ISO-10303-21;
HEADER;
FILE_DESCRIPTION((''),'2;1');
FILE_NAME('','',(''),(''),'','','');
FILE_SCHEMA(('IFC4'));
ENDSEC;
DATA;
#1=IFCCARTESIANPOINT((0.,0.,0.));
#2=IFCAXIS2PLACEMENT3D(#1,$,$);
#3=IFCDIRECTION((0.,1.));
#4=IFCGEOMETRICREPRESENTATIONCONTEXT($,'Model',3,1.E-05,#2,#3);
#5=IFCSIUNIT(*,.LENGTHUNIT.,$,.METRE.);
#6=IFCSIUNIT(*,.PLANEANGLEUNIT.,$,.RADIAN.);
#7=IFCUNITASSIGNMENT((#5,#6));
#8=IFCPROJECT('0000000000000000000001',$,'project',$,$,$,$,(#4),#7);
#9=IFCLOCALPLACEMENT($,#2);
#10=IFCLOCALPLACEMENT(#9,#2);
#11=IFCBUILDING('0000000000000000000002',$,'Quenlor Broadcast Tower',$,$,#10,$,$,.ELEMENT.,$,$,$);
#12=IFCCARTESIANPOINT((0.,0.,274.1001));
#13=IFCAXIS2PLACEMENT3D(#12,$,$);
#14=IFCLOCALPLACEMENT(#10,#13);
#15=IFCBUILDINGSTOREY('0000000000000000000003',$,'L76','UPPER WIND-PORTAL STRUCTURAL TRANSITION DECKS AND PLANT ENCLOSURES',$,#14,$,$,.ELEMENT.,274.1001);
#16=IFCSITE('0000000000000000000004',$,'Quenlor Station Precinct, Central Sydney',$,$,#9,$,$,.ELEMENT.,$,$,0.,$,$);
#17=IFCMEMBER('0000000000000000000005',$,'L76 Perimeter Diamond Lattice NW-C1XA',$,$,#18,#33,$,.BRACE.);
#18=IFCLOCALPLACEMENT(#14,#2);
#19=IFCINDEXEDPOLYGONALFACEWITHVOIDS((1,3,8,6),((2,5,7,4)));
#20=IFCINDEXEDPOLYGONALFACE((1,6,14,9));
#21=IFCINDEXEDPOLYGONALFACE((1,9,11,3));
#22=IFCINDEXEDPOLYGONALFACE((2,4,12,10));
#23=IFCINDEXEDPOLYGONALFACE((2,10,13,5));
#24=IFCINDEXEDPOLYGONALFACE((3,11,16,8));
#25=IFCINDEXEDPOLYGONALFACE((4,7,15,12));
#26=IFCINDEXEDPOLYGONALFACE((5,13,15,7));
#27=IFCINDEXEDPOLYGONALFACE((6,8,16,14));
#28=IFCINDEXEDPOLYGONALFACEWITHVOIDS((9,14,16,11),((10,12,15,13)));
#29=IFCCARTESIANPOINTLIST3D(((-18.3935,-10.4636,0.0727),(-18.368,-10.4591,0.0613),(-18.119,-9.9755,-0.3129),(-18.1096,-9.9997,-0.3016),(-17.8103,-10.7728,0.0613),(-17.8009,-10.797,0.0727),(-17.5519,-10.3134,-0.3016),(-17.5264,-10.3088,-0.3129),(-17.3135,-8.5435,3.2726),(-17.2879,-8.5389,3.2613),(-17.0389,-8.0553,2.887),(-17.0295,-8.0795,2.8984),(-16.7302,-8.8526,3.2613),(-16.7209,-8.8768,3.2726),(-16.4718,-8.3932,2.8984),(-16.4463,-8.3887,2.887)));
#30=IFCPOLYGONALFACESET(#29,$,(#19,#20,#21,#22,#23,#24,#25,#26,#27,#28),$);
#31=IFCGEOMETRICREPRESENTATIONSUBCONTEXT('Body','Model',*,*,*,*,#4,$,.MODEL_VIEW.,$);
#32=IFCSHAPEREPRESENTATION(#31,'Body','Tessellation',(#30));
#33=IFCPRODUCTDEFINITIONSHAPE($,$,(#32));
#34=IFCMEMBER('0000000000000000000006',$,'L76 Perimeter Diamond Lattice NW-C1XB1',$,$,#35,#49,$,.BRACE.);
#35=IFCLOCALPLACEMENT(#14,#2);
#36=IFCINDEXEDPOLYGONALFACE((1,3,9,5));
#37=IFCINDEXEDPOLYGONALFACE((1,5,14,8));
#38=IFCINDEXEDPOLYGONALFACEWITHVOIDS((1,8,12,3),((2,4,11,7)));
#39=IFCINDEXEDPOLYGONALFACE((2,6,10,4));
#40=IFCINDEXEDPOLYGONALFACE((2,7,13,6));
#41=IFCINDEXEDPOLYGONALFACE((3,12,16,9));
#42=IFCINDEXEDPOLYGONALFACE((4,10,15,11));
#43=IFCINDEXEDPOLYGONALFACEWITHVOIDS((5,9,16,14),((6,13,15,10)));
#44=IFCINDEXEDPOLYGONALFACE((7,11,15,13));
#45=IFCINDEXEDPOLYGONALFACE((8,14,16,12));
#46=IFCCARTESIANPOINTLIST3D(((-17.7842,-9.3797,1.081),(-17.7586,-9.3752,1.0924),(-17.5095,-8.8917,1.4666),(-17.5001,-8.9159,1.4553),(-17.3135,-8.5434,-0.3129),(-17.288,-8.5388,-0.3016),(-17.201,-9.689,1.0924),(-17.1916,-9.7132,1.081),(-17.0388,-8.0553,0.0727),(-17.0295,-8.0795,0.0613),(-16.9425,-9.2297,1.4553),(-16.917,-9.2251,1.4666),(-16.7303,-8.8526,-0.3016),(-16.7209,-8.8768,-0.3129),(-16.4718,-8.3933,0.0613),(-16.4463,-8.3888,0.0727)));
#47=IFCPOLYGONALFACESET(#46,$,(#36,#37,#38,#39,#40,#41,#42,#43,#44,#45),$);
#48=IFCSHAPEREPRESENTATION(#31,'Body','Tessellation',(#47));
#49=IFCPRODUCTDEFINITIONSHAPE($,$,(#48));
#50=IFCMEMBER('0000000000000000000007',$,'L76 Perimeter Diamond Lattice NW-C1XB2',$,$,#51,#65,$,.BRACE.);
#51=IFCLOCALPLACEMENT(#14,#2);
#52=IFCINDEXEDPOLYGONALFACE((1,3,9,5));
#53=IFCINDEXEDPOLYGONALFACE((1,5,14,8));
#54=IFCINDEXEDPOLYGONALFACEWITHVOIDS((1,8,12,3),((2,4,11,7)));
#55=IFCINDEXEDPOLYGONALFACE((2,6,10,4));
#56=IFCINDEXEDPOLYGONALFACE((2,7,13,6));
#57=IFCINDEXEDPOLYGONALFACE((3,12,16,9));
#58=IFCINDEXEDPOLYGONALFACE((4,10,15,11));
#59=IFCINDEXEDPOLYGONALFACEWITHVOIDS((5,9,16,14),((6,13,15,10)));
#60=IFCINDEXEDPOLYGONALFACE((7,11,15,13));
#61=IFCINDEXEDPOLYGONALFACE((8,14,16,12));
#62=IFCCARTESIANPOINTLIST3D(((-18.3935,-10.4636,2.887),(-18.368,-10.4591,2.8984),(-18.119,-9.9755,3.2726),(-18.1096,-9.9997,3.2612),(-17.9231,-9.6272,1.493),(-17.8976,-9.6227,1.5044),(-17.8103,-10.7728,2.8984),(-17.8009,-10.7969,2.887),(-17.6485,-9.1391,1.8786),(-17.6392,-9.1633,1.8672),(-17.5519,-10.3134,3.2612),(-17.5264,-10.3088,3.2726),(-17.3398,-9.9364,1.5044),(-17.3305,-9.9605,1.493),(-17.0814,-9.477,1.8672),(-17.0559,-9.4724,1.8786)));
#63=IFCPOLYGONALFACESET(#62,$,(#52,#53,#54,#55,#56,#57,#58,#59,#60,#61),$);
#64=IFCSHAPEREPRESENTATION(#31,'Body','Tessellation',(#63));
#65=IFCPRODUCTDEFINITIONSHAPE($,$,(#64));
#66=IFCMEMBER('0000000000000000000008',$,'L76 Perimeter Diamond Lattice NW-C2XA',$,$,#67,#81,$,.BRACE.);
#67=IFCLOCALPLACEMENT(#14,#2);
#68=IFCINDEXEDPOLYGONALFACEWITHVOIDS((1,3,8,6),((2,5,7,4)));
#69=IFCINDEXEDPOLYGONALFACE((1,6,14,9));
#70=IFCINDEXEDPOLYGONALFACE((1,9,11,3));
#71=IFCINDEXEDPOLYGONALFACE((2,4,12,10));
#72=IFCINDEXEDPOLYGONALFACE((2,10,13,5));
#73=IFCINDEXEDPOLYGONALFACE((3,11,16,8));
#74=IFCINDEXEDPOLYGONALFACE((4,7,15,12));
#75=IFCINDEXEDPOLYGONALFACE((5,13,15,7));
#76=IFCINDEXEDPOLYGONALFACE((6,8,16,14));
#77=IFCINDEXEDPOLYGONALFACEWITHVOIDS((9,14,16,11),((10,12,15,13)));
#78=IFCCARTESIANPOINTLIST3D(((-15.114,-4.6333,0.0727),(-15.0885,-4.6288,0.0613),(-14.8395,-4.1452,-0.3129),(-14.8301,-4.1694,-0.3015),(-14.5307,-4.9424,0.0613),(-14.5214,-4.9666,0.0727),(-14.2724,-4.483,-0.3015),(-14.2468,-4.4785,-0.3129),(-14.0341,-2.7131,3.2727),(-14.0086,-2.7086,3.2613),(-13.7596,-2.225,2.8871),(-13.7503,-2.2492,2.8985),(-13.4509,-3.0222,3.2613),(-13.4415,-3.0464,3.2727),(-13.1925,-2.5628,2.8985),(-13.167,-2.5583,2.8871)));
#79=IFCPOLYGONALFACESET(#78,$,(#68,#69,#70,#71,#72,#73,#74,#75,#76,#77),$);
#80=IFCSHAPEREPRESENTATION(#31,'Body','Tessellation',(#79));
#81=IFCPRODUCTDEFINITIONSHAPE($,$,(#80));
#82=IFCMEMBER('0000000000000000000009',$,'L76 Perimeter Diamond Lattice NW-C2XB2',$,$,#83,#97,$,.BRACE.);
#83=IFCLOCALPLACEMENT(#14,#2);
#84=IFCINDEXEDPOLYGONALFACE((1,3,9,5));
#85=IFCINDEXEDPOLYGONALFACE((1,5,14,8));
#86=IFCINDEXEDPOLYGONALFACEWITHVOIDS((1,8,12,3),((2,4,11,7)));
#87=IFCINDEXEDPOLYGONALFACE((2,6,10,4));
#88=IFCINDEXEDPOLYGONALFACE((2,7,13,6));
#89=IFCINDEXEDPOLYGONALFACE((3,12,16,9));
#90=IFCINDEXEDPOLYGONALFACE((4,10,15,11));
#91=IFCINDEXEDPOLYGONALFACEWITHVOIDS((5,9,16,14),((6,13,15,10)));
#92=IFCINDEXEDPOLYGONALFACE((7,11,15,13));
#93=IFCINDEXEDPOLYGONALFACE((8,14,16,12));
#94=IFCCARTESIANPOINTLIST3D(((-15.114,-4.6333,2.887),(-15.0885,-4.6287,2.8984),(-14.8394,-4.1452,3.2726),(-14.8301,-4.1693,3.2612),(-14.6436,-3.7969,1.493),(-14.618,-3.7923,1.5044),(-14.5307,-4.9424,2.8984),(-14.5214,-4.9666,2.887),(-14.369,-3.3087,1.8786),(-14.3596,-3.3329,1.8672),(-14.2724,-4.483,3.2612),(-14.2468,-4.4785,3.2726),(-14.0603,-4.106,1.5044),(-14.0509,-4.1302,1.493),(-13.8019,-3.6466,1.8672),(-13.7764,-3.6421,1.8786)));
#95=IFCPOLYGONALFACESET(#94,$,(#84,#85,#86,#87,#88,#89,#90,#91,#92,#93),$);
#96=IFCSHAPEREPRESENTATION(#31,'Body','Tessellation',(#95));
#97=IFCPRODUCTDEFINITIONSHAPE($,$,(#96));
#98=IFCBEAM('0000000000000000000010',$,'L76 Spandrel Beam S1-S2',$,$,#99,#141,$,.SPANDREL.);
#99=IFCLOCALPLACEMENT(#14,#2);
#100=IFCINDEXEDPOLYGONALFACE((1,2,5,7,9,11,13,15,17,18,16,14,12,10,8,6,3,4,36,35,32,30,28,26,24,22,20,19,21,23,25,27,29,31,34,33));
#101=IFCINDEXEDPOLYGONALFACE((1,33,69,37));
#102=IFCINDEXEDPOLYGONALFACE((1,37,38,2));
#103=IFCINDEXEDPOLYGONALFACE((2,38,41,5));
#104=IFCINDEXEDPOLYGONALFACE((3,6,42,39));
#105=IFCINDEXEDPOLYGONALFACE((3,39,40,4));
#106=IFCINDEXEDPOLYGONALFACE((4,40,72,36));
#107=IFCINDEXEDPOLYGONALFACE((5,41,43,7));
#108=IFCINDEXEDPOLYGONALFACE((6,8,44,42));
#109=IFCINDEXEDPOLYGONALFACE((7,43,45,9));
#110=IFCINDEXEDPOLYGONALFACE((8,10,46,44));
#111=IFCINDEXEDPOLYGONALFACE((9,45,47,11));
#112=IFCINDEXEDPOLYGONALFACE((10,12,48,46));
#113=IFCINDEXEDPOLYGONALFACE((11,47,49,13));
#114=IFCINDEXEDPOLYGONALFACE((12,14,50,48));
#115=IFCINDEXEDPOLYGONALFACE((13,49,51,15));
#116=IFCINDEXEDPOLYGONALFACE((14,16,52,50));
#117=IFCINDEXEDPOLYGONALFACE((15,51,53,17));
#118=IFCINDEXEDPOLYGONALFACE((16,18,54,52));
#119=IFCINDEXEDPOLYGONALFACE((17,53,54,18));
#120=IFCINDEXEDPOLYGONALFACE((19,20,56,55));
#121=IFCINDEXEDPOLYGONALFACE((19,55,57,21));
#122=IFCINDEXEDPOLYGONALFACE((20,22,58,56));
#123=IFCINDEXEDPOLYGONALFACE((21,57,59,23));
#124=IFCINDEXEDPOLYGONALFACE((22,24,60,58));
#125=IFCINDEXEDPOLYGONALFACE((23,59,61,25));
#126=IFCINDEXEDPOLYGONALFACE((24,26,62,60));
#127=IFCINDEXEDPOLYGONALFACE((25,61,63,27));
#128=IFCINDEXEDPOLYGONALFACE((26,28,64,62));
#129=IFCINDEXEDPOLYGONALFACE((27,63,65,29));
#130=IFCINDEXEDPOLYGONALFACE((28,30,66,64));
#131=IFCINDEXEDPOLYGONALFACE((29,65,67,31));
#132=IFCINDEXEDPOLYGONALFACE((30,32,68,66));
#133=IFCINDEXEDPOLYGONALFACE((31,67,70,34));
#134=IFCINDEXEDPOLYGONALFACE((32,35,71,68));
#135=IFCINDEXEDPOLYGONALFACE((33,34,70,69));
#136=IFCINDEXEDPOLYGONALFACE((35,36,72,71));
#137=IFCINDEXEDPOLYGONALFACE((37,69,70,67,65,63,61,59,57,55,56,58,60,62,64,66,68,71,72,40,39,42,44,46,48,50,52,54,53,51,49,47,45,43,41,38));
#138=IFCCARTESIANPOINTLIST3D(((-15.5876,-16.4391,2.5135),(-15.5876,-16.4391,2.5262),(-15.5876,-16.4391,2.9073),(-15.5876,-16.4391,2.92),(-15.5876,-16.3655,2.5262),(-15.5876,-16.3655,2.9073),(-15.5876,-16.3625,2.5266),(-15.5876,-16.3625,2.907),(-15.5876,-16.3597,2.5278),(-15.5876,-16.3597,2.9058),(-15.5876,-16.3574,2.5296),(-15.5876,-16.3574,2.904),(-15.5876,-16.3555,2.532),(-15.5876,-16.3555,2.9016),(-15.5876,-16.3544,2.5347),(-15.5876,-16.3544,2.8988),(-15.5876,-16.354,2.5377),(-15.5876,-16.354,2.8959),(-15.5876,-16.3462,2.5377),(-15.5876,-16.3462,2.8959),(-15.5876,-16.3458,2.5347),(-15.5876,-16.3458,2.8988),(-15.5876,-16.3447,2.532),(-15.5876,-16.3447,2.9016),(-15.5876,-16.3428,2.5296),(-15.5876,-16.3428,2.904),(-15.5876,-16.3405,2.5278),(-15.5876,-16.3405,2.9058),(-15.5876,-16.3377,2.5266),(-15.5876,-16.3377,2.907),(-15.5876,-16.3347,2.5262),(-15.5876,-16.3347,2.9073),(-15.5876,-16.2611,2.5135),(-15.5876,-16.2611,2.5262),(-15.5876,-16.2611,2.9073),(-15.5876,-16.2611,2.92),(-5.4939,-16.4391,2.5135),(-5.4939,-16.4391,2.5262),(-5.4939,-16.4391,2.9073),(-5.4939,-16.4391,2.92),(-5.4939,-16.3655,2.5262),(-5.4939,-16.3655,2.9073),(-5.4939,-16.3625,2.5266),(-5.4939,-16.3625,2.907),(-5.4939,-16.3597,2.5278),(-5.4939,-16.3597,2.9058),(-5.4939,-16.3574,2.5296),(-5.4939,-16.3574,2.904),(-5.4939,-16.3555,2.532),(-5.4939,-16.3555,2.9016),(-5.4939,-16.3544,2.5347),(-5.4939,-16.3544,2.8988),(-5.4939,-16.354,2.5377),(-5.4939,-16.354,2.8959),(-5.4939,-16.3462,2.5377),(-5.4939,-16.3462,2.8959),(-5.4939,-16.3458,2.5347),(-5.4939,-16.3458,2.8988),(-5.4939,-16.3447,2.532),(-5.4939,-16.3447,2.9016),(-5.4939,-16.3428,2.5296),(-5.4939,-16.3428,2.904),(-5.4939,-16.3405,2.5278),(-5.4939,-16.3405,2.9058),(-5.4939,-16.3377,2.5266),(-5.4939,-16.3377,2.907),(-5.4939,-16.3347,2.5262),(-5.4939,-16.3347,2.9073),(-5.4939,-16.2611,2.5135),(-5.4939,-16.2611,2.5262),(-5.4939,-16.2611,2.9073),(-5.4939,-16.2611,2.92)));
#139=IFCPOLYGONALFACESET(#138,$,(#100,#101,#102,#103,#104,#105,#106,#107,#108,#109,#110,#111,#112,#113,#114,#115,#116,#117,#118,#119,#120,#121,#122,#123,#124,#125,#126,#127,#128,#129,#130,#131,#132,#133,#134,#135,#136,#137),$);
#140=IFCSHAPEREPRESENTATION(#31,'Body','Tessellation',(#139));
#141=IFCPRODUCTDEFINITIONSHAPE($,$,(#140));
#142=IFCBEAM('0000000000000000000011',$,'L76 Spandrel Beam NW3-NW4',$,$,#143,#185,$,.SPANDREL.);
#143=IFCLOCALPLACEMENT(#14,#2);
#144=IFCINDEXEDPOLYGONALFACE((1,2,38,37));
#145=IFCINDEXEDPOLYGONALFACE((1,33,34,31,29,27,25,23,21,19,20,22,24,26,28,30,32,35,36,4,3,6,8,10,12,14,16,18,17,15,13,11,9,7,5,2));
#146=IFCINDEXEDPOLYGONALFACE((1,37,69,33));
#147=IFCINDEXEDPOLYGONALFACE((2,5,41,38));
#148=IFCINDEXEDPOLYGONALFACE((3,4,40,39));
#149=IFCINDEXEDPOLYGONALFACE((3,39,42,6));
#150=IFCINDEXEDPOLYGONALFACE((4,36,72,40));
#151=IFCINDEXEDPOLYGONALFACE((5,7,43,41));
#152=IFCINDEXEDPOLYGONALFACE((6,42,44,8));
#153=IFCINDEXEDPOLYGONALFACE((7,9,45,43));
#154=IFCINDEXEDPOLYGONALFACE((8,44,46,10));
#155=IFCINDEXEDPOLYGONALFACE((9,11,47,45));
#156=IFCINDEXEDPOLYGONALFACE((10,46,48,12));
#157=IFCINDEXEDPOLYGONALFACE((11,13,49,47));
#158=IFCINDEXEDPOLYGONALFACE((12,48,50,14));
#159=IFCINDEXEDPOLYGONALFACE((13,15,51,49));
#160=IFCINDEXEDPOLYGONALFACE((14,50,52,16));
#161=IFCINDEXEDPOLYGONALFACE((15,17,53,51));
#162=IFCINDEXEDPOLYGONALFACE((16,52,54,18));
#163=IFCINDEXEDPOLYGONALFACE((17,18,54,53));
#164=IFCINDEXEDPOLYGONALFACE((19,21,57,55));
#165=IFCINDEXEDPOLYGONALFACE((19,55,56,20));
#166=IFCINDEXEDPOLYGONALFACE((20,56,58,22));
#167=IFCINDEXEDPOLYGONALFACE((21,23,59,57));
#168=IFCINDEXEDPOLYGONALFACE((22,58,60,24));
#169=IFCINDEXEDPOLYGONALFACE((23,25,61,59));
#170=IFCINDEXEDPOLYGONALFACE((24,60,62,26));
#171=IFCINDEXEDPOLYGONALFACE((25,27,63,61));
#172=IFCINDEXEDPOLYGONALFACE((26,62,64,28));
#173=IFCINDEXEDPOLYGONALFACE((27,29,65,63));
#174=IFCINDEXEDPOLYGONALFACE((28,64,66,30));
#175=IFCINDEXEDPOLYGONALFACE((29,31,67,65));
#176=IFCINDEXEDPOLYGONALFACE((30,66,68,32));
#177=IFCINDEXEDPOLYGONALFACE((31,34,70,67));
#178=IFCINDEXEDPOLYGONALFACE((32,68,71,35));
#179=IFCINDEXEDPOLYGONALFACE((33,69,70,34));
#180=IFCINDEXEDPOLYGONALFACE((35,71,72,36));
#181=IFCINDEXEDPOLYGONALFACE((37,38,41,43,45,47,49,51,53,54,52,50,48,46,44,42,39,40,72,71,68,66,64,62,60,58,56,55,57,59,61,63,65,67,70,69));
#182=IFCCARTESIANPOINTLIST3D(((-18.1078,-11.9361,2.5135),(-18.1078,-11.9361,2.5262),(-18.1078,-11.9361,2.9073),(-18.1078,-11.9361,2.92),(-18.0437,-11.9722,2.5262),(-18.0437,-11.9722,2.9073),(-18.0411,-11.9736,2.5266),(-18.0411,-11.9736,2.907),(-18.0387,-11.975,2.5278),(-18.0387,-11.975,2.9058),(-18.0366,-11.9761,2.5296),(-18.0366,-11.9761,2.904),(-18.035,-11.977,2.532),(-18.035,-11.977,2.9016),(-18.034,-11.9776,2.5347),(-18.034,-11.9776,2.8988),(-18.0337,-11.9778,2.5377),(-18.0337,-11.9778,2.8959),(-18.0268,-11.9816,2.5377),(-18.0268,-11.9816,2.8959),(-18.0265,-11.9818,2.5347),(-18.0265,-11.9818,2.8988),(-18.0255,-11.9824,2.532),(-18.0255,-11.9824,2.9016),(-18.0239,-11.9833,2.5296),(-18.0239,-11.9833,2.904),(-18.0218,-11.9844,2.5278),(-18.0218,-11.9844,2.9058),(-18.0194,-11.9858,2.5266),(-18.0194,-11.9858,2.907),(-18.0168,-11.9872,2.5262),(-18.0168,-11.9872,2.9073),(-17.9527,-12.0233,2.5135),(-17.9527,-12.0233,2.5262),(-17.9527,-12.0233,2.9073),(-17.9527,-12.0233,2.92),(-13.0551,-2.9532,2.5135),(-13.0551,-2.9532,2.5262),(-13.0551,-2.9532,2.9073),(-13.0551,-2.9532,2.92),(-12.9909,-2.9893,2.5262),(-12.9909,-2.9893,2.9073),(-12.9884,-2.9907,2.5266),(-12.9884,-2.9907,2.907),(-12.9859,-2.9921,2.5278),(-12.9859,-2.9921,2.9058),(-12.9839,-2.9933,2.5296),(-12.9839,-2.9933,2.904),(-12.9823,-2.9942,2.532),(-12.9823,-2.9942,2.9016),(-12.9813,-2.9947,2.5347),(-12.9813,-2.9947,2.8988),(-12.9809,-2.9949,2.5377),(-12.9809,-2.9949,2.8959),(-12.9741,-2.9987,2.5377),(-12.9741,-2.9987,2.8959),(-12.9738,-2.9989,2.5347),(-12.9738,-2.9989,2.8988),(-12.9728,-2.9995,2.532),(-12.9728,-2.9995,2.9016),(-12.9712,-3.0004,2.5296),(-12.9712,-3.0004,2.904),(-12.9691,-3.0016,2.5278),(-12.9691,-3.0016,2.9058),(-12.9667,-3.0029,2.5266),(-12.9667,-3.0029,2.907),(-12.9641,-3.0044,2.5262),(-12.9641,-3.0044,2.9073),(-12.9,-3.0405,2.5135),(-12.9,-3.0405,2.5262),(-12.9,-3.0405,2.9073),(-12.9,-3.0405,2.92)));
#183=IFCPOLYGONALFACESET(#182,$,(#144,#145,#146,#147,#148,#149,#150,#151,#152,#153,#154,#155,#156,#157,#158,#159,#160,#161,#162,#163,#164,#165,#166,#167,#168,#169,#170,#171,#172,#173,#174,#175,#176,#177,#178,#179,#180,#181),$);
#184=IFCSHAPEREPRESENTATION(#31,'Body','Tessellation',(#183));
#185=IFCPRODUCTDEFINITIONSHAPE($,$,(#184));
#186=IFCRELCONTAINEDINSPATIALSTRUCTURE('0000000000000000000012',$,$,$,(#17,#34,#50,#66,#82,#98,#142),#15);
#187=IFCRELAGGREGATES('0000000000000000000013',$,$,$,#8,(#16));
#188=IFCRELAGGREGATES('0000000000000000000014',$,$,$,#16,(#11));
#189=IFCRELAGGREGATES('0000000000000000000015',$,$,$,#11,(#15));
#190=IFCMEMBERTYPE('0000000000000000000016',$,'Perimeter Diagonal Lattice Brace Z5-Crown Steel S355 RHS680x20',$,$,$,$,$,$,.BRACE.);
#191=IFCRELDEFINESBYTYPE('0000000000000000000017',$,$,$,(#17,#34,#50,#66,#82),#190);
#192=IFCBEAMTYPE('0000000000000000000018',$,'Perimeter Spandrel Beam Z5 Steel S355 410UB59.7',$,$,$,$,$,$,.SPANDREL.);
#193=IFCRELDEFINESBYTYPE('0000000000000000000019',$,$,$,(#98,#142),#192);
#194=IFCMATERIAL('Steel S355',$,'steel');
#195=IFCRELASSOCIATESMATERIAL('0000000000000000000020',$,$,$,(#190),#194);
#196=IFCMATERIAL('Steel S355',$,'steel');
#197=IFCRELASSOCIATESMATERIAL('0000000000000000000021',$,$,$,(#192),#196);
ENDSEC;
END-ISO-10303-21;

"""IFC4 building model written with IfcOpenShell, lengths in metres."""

from ifc_helpers import new_model, si_unit, direction, frame, origin, origin_2d, place, context, subcontext, project, spatial, hollow_rectangle, i_section, extrude, material, material_profile, profile_set, type_object, element, save


model = new_model("IFC4")

# Units and contexts
model_context = context("Model", 3, precision=1e-05, world=origin(), true_north=direction((0.0, 1.0)))
body_context = subcontext(model_context, "Body", "Model", "MODEL_VIEW")
ifc_project = project(units=[si_unit("LENGTHUNIT", "METRE"), si_unit("PLANEANGLEUNIT", "RADIAN")], contexts=[model_context])

# Site, building, storey
site_placement = place(None, origin())
site = spatial("IfcSite", under=ifc_project, at=site_placement, Name="Quenlor Station Precinct, Central Sydney", CompositionType="ELEMENT", RefElevation=0.0)
building_placement = place(site_placement, origin())
building = spatial("IfcBuilding", under=site, at=building_placement, Name="Quenlor Broadcast Tower", CompositionType="ELEMENT")
storey_placement = place(building_placement, frame((0.0, 0.0, 274.1001)))
storey = spatial("IfcBuildingStorey", under=building, at=storey_placement, Name="L76", Description="UPPER WIND-PORTAL STRUCTURAL TRANSITION DECKS AND PLANT ENCLOSURES", CompositionType="ELEMENT", Elevation=274.1001)

# Members
ifc_material_1 = material(Name="Steel S355", Category="steel")
ifc_material_profile_1 = material_profile(ifc_material_1, hollow_rectangle(XDim=0.6799, YDim=0.6799, WallThickness=0.02, at=origin_2d()))
ifc_profile_set_1 = profile_set([ifc_material_profile_1], Name="Steel S355 RHS680x680x20")
member_type = type_object("IfcMemberType", Name="Perimeter Diagonal Lattice Brace Z5-Crown Steel S355 RHS680x20", PredefinedType="BRACE", material=ifc_profile_set_1)
member_1_placement = place(storey_placement, frame((-17.96, -10.3862, -0.1201), z_axis=(0.278012, 0.49425, 0.823666), x_axis=(-0.871578, 0.490256, 0.0)))
element("IfcMember", 1, at=member_1_placement, inside=storey, type_object=member_type, Name="L76 Perimeter Diamond Lattice NW-C1XA", PredefinedType="BRACE", context=body_context, shape_type="SweptSolid", body=[
    extrude(hollow_rectangle(XDim=0.6799, YDim=0.6799, WallThickness=0.02, at=origin_2d()), origin(), (0.0, 0.0, 1.0), 3.885),
])
for number, where, z_axis, x_axis, name in (
    (2, (-16.8799, -8.4661, -0.1201), (-0.278113, -0.494198, 0.823664), (0.87148, -0.49043, 0.0), "L76 Perimeter Diamond Lattice NW-C1XB1"),
    (3, (-17.4895, -9.5498, 1.6858), (-0.27798, -0.494218, 0.823697), (0.871589, -0.490237, 0.0), "L76 Perimeter Diamond Lattice NW-C1XB2"),
):
    element("IfcMember", number, at=place(storey_placement, frame(where, z_axis=z_axis, x_axis=x_axis)), inside=storey, type_object=member_type, Name=name, PredefinedType="BRACE", context=body_context, shape_type="SweptSolid", body=[
        extrude(hollow_rectangle(XDim=0.6799, YDim=0.6799, WallThickness=0.02, at=origin_2d()), origin(), (0.0, 0.0, 1.0), 1.6924),
    ])
member_2_placement = place(storey_placement, frame((-14.6804, -4.5559, -0.1201), z_axis=(0.277954, 0.494259, 0.823681), x_axis=(-0.871626, 0.490172, 0.0)))
element("IfcMember", 4, at=member_2_placement, inside=storey, type_object=member_type, Name="L76 Perimeter Diamond Lattice NW-C2XA", PredefinedType="BRACE", context=body_context, shape_type="SweptSolid", body=[
    extrude(hollow_rectangle(XDim=0.6799, YDim=0.6799, WallThickness=0.02, at=origin_2d()), origin(), (0.0, 0.0, 1.0), 3.885),
])
member_3_placement = place(storey_placement, frame((-14.21, -3.7195, 1.6858), z_axis=(-0.27798, -0.494218, 0.823697), x_axis=(0.871589, -0.490237, 0.0)))
element("IfcMember", 5, at=member_3_placement, inside=storey, type_object=member_type, Name="L76 Perimeter Diamond Lattice NW-C2XB2", PredefinedType="BRACE", context=body_context, shape_type="SweptSolid", body=[
    extrude(hollow_rectangle(XDim=0.6799, YDim=0.6799, WallThickness=0.02, at=origin_2d()), origin(), (0.0, 0.0, 1.0), 1.6924),
])

# Beams
ifc_material_2 = material(Name="Steel S355", Category="steel")
ifc_material_profile_2 = material_profile(ifc_material_2, i_section(OverallWidth=0.178, OverallDepth=0.4065, WebThickness=0.0078, FlangeThickness=0.0127, FilletRadius=0.0115, at=origin_2d()))
ifc_profile_set_2 = profile_set([ifc_material_profile_2], Name="Steel S355 410UB59.7")
beam_type_1 = type_object("IfcBeamType", Name="Perimeter Spandrel Beam Z5 Steel S355 410UB59.7", PredefinedType="SPANDREL", material=ifc_profile_set_2)
beam_1_placement = place(storey_placement, frame((-15.5876, -16.3501, 2.7168), z_axis=(1.0, 0.0, 0.0), x_axis=(0.0, 1.0, 0.0)))
element("IfcBeam", 6, at=beam_1_placement, inside=storey, type_object=beam_type_1, Name="L76 Spandrel Beam S1-S2", PredefinedType="SPANDREL", context=body_context, shape_type="SweptSolid", body=[
    extrude(i_section(OverallWidth=0.178, OverallDepth=0.4065, WebThickness=0.0078, FlangeThickness=0.0127, FilletRadius=0.0115, at=origin_2d()), origin(), (0.0, 0.0, 1.0), 10.0938),
])
beam_2_placement = place(storey_placement, frame((-12.9775, -2.9968, 2.7168), z_axis=(-0.49025, -0.871582, 0.0), x_axis=(0.871582, -0.49025, 0.0)))
element("IfcBeam", 7, at=beam_2_placement, inside=storey, type_object=beam_type_1, Name="L76 Spandrel Beam NW3-NW4", PredefinedType="SPANDREL", context=body_context, shape_type="SweptSolid", body=[
    extrude(i_section(OverallWidth=0.178, OverallDepth=0.4065, WebThickness=0.0078, FlangeThickness=0.0127, FilletRadius=0.0115, at=origin_2d()), origin(), (0.0, 0.0, 1.0), 10.3064),
])

save(model, "model.ifc")
